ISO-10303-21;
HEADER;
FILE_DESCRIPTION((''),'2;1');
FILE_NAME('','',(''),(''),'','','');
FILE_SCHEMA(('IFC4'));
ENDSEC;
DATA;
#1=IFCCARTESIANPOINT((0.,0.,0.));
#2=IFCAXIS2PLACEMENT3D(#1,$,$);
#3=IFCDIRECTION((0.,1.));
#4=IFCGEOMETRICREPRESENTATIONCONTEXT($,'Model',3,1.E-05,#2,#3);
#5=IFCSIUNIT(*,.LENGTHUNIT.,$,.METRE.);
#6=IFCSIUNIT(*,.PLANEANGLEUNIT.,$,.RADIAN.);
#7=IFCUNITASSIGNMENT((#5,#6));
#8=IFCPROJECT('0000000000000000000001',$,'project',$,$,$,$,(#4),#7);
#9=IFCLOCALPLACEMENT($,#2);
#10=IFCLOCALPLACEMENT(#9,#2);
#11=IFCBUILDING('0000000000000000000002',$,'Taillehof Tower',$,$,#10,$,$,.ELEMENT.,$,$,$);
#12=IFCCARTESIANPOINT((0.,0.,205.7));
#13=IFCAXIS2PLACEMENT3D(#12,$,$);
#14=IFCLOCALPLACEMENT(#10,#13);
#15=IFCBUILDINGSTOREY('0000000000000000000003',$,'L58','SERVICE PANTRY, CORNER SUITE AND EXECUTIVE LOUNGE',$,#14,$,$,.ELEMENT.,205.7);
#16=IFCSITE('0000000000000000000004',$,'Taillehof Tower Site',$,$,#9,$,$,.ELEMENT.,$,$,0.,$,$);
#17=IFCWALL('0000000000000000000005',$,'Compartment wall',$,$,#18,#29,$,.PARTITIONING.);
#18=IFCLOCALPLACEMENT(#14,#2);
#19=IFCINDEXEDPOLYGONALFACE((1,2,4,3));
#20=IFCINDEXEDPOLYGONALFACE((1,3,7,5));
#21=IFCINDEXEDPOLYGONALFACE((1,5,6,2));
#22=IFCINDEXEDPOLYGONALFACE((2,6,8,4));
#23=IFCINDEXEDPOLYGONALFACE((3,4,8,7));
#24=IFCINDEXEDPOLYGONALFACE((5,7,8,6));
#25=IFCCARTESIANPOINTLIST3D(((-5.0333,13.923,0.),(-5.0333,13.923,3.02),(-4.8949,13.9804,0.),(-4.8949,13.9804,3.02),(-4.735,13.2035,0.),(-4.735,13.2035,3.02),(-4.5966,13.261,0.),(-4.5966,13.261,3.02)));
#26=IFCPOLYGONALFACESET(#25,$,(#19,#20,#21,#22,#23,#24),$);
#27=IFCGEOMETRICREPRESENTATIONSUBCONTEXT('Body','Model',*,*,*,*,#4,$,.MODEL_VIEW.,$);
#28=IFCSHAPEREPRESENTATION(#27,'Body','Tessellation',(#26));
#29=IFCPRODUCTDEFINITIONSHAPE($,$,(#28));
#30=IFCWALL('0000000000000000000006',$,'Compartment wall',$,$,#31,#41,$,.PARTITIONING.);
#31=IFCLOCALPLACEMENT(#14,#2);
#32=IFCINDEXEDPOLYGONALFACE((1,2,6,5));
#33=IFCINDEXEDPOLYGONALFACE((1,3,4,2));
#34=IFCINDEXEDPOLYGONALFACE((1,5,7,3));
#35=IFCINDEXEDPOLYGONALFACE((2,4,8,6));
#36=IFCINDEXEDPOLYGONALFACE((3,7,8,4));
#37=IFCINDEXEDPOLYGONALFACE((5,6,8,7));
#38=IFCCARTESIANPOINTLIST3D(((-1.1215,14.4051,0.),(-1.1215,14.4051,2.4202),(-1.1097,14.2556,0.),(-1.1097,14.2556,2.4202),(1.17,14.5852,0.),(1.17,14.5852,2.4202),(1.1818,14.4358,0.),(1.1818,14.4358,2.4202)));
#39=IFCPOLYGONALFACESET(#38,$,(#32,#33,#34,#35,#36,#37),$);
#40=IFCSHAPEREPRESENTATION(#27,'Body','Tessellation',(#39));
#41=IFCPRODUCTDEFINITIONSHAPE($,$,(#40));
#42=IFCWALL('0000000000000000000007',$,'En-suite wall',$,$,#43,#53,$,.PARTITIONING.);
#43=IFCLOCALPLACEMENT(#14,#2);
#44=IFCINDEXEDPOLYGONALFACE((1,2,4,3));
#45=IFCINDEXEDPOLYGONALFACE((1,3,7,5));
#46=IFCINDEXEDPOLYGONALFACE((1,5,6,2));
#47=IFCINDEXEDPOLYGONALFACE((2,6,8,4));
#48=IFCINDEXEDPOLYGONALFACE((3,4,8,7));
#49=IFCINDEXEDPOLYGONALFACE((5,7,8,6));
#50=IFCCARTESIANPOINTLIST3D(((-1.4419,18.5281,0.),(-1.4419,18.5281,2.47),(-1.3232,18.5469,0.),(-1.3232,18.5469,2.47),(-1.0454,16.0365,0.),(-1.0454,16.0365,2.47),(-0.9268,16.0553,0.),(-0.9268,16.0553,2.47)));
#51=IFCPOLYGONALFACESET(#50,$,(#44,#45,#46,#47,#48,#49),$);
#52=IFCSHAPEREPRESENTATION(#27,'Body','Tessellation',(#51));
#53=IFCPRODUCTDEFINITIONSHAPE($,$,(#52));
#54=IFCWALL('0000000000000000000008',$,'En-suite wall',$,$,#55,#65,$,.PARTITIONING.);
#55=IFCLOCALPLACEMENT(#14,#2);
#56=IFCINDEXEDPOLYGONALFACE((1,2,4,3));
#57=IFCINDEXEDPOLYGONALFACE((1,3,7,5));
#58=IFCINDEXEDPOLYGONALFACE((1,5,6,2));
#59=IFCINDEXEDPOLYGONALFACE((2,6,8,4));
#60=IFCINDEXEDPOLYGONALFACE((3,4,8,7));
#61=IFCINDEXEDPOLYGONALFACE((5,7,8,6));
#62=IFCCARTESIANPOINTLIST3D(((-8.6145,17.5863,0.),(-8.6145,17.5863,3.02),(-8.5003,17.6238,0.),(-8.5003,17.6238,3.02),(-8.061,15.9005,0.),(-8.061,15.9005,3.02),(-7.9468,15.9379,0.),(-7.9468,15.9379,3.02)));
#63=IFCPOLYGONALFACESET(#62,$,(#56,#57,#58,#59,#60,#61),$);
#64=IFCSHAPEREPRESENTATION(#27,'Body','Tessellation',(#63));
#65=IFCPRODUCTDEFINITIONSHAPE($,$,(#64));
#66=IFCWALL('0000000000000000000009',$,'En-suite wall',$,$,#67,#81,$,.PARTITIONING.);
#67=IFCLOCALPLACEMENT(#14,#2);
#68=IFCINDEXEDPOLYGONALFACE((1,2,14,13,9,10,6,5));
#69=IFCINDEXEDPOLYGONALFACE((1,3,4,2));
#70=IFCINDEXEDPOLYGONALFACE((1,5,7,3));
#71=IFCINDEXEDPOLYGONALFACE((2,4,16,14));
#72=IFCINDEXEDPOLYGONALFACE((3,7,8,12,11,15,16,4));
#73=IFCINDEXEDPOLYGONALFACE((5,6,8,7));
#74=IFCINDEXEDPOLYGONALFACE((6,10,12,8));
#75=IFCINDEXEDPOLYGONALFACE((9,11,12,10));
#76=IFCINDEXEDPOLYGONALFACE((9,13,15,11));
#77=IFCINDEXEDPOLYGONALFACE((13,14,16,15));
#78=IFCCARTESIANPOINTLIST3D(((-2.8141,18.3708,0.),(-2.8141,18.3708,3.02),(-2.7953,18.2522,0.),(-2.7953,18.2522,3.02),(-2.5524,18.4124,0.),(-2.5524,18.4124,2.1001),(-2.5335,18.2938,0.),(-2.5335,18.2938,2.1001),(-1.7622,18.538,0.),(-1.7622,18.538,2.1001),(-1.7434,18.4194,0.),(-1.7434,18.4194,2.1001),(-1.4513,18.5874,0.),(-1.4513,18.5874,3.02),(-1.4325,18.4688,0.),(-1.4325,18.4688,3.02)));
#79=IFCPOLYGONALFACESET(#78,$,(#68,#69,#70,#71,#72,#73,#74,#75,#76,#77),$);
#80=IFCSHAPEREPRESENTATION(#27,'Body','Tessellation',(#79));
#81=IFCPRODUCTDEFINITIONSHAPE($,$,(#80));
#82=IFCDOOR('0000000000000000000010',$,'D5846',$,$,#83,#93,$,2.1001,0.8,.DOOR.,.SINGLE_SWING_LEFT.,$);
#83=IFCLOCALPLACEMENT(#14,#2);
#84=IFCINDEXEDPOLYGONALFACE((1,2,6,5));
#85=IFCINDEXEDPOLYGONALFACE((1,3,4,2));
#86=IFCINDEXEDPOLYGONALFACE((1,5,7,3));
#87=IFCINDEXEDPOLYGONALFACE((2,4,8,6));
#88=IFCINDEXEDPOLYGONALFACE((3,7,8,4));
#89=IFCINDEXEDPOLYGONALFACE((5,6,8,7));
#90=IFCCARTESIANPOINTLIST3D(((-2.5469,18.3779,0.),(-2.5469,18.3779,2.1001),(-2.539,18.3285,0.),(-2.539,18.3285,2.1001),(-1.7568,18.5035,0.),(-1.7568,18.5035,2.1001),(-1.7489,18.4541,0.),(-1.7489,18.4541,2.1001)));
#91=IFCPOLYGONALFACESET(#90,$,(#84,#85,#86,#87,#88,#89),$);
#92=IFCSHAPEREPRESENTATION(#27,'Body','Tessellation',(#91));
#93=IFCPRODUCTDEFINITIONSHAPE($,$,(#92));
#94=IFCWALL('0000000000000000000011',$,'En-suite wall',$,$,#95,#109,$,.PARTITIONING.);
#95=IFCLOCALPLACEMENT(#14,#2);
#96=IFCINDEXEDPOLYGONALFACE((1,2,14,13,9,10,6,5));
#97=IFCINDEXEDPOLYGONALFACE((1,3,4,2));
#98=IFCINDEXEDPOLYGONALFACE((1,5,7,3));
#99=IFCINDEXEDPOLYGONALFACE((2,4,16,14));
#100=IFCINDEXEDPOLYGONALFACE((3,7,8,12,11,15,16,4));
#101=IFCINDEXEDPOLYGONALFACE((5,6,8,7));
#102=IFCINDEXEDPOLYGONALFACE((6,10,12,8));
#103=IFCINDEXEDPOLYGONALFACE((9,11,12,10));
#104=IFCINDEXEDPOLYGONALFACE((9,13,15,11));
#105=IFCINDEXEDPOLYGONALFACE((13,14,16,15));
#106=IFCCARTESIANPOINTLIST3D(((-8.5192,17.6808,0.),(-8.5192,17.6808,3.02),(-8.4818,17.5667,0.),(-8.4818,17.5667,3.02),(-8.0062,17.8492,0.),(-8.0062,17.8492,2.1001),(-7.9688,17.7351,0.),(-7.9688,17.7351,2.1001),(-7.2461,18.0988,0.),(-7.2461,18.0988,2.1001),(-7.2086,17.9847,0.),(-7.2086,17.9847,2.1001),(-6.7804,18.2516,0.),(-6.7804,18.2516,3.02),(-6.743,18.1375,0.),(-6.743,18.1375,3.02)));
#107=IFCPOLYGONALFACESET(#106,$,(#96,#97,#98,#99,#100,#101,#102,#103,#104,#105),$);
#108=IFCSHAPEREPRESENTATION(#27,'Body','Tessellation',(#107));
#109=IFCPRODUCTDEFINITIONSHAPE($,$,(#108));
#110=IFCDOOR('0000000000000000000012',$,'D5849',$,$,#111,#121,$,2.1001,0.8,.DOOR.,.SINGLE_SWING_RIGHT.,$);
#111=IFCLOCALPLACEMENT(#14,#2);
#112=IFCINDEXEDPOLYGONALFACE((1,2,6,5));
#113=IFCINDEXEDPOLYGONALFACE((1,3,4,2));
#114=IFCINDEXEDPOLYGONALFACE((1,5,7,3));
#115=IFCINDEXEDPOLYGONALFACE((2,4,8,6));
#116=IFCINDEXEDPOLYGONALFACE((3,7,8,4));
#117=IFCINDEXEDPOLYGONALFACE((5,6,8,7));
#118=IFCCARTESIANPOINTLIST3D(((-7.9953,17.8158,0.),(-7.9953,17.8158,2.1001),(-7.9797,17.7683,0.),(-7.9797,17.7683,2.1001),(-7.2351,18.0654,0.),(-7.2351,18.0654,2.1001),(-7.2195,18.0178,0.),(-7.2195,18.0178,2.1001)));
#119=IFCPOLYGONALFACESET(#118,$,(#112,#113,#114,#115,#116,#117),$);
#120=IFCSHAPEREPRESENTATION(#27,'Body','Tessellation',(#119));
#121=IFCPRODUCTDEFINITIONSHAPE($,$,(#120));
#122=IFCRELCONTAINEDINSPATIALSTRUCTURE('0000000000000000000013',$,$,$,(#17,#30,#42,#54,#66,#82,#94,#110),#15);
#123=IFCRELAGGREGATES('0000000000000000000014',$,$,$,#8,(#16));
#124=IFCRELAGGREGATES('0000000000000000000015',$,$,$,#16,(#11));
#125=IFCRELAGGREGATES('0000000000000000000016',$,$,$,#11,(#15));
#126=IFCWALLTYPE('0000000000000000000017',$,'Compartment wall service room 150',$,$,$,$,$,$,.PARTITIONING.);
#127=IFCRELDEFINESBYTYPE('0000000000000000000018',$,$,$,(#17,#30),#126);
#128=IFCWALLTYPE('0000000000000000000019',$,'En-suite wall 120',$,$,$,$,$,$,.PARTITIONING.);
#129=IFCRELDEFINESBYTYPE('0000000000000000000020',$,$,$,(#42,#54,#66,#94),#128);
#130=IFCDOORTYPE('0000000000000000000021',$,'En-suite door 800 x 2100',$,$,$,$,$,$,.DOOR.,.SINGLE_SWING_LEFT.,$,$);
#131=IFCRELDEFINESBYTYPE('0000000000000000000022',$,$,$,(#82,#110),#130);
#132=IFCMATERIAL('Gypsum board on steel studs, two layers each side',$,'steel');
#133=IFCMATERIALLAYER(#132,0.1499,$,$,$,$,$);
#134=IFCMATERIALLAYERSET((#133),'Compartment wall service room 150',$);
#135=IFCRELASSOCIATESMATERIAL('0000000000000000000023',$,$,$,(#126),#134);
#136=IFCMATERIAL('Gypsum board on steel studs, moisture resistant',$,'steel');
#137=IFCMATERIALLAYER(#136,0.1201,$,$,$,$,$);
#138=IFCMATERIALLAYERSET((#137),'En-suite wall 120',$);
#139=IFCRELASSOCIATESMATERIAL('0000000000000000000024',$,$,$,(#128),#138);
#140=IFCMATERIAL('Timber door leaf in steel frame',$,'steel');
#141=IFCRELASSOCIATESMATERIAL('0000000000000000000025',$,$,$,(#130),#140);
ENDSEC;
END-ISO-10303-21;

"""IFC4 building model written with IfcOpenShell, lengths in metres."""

from ifc_helpers import new_model, si_unit, direction, frame, frame_2d, origin, place, context, subcontext, project, spatial, rectangle, extrude, material, layer, layer_set, type_object, element, fill, save


model = new_model("IFC4")

# Units and contexts
model_context = context("Model", 3, precision=1e-05, world=origin(), true_north=direction((0.0, 1.0)))
body_context = subcontext(model_context, "Body", "Model", "MODEL_VIEW")
ifc_project = project(units=[si_unit("LENGTHUNIT", "METRE"), si_unit("PLANEANGLEUNIT", "RADIAN")], contexts=[model_context])

# Site, building, storey
site_placement = place(None, origin())
site = spatial("IfcSite", under=ifc_project, at=site_placement, Name="Taillehof Tower Site", CompositionType="ELEMENT", RefElevation=0.0)
building_placement = place(site_placement, origin())
building = spatial("IfcBuilding", under=site, at=building_placement, Name="Taillehof Tower", CompositionType="ELEMENT")
storey_placement = place(building_placement, frame((0.0, 0.0, 205.7)))
storey = spatial("IfcBuildingStorey", under=building, at=storey_placement, Name="L58", Description="SERVICE PANTRY, CORNER SUITE AND EXECUTIVE LOUNGE", CompositionType="ELEMENT", Elevation=205.7)

# Walls
ifc_material_1 = material(Name="Gypsum board on steel studs, two layers each side", Category="steel")
ifc_layer_1 = layer(ifc_material_1, 0.1499)
ifc_layer_set_1 = layer_set([ifc_layer_1], Name="Compartment wall service room 150")
wall_type_1 = type_object("IfcWallType", Name="Compartment wall service room 150", PredefinedType="PARTITIONING", material=ifc_layer_set_1)
wall_1_placement = place(storey_placement, frame((-4.9641, 13.9517, 0.0), z_axis=(0.0, 0.0, 1.0), x_axis=(0.383035, -0.923734, 0.0)))
element("IfcWall", 1, at=wall_1_placement, inside=storey, type_object=wall_type_1, Name="Compartment wall", PredefinedType="PARTITIONING", context=body_context, shape_type="SweptSolid", body=[
    extrude(rectangle(XDim=0.7788, YDim=0.1499, at=frame_2d((0.3894, 0.0))), origin(), (0.0, 0.0, 1.0), 3.02),
])
wall_2_placement = place(storey_placement, frame((-1.1157, 14.3303, 0.0), z_axis=(0.0, 0.0, 1.0), x_axis=(0.996923, 0.078386, 0.0)))
element("IfcWall", 2, at=wall_2_placement, inside=storey, type_object=wall_type_1, Name="Compartment wall", PredefinedType="PARTITIONING", context=body_context, shape_type="SweptSolid", body=[
    extrude(rectangle(XDim=2.2986, YDim=0.1499, at=frame_2d((1.1494, 0.0))), origin(), (0.0, 0.0, 1.0), 2.4202),
])
ifc_material_2 = material(Name="Gypsum board on steel studs, moisture resistant", Category="steel")
ifc_layer_2 = layer(ifc_material_2, 0.1201)
ifc_layer_set_2 = layer_set([ifc_layer_2], Name="En-suite wall 120")
wall_type_2 = type_object("IfcWallType", Name="En-suite wall 120", PredefinedType="PARTITIONING", material=ifc_layer_set_2)
wall_3_placement = place(storey_placement, frame((-0.9861, 16.0459, 0.0), z_axis=(0.0, 0.0, 1.0), x_axis=(-0.157145, 0.987576, 0.0)))
element("IfcWall", 3, at=wall_3_placement, inside=storey, type_object=wall_type_2, Name="En-suite wall", PredefinedType="PARTITIONING", context=body_context, shape_type="SweptSolid", body=[
    extrude(rectangle(XDim=2.5229, YDim=0.1201, at=frame_2d((1.2615, 0.0))), origin(), (0.0, 0.0, 1.0), 2.47),
])
wall_4_placement = place(storey_placement, frame((-8.0039, 15.9192, 0.0), z_axis=(0.0, 0.0, 1.0), x_axis=(-0.311932, 0.950105, 0.0)))
element("IfcWall", 4, at=wall_4_placement, inside=storey, type_object=wall_type_2, Name="En-suite wall", PredefinedType="PARTITIONING", context=body_context, shape_type="SweptSolid", body=[
    extrude(rectangle(XDim=1.7744, YDim=0.1201, at=frame_2d((0.8872, 0.0))), origin(), (0.0, 0.0, 1.0), 3.02),
])

# Walls, openings, doors
wall_5_placement = place(storey_placement, frame((-1.4419, 18.5281, 0.0), z_axis=(0.0, 0.0, 1.0), x_axis=(-0.987609, -0.156935, 0.0)))
wall_5 = element("IfcWall", 5, at=wall_5_placement, inside=storey, type_object=wall_type_2, Name="En-suite wall", PredefinedType="PARTITIONING", context=body_context, shape_type="SweptSolid", body=[
    extrude(rectangle(XDim=1.3799, YDim=0.1201, at=frame_2d((0.6899, 0.0))), origin(), (0.0, 0.0, 1.0), 3.02),
])
opening_1_placement = place(wall_5_placement, frame((0.3149, 0.0, 0.0)))
opening_1 = element("IfcOpeningElement", 6, at=opening_1_placement, cuts=wall_5, PredefinedType="OPENING", context=body_context, shape_type="SweptSolid", body=[
    extrude(rectangle(XDim=0.8, YDim=2.1001, at=frame_2d((0.3999, 1.05))), frame((0.0, 0.0701, 0.0), z_axis=(0.0, -1.0, 0.0), x_axis=(1.0, 0.0, 0.0)), (0.0, 0.0, 1.0), 0.1401),
])
ifc_material_3 = material(Name="Timber door leaf in steel frame", Category="steel")
door_type_1 = type_object("IfcDoorType", Name="En-suite door 800 x 2100", OperationType="SINGLE_SWING_LEFT", PredefinedType="DOOR", material=ifc_material_3)
door_1_placement = place(opening_1_placement, origin())
door_1 = element("IfcDoor", 7, at=door_1_placement, inside=storey, type_object=door_type_1, Name="D5846", OperationType="SINGLE_SWING_LEFT", OverallHeight=2.1001, OverallWidth=0.8, PredefinedType="DOOR", context=body_context, shape_type="SweptSolid", body=[
    extrude(rectangle(XDim=0.8, YDim=2.1001, at=frame_2d((0.3999, 1.05))), frame((0.0, 0.0249, 0.0), z_axis=(0.0, -1.0, 0.0), x_axis=(1.0, 0.0, 0.0)), (0.0, 0.0, 1.0), 0.05),
])
fill(opening_1, door_1)
wall_6_placement = place(storey_placement, frame((-8.5005, 17.6238, 0.0), z_axis=(0.0, 0.0, 1.0), x_axis=(0.950114, 0.311902, 0.0)))
wall_6 = element("IfcWall", 8, at=wall_6_placement, inside=storey, type_object=wall_type_2, Name="En-suite wall", PredefinedType="PARTITIONING", context=body_context, shape_type="SweptSolid", body=[
    extrude(rectangle(XDim=1.8301, YDim=0.1201, at=frame_2d((0.915, 0.0))), origin(), (0.0, 0.0, 1.0), 3.02),
])
opening_2_placement = place(wall_6_placement, frame((0.54, 0.0, 0.0)))
opening_2 = element("IfcOpeningElement", 9, at=opening_2_placement, cuts=wall_6, PredefinedType="OPENING", context=body_context, shape_type="SweptSolid", body=[
    extrude(rectangle(XDim=0.8, YDim=2.1001, at=frame_2d((0.3999, 1.05))), frame((0.0, 0.0701, 0.0), z_axis=(0.0, -1.0, 0.0), x_axis=(1.0, 0.0, 0.0)), (0.0, 0.0, 1.0), 0.1401),
])
door_2_placement = place(opening_2_placement, origin())
door_2 = element("IfcDoor", 10, at=door_2_placement, inside=storey, type_object=door_type_1, Name="D5849", OperationType="SINGLE_SWING_RIGHT", OverallHeight=2.1001, OverallWidth=0.8, PredefinedType="DOOR", context=body_context, shape_type="SweptSolid", body=[
    extrude(rectangle(XDim=0.8, YDim=2.1001, at=frame_2d((0.3999, 1.05))), frame((0.0, 0.0249, 0.0), z_axis=(0.0, -1.0, 0.0), x_axis=(1.0, 0.0, 0.0)), (0.0, 0.0, 1.0), 0.05),
])
fill(opening_2, door_2)

save(model, "model.ifc")
